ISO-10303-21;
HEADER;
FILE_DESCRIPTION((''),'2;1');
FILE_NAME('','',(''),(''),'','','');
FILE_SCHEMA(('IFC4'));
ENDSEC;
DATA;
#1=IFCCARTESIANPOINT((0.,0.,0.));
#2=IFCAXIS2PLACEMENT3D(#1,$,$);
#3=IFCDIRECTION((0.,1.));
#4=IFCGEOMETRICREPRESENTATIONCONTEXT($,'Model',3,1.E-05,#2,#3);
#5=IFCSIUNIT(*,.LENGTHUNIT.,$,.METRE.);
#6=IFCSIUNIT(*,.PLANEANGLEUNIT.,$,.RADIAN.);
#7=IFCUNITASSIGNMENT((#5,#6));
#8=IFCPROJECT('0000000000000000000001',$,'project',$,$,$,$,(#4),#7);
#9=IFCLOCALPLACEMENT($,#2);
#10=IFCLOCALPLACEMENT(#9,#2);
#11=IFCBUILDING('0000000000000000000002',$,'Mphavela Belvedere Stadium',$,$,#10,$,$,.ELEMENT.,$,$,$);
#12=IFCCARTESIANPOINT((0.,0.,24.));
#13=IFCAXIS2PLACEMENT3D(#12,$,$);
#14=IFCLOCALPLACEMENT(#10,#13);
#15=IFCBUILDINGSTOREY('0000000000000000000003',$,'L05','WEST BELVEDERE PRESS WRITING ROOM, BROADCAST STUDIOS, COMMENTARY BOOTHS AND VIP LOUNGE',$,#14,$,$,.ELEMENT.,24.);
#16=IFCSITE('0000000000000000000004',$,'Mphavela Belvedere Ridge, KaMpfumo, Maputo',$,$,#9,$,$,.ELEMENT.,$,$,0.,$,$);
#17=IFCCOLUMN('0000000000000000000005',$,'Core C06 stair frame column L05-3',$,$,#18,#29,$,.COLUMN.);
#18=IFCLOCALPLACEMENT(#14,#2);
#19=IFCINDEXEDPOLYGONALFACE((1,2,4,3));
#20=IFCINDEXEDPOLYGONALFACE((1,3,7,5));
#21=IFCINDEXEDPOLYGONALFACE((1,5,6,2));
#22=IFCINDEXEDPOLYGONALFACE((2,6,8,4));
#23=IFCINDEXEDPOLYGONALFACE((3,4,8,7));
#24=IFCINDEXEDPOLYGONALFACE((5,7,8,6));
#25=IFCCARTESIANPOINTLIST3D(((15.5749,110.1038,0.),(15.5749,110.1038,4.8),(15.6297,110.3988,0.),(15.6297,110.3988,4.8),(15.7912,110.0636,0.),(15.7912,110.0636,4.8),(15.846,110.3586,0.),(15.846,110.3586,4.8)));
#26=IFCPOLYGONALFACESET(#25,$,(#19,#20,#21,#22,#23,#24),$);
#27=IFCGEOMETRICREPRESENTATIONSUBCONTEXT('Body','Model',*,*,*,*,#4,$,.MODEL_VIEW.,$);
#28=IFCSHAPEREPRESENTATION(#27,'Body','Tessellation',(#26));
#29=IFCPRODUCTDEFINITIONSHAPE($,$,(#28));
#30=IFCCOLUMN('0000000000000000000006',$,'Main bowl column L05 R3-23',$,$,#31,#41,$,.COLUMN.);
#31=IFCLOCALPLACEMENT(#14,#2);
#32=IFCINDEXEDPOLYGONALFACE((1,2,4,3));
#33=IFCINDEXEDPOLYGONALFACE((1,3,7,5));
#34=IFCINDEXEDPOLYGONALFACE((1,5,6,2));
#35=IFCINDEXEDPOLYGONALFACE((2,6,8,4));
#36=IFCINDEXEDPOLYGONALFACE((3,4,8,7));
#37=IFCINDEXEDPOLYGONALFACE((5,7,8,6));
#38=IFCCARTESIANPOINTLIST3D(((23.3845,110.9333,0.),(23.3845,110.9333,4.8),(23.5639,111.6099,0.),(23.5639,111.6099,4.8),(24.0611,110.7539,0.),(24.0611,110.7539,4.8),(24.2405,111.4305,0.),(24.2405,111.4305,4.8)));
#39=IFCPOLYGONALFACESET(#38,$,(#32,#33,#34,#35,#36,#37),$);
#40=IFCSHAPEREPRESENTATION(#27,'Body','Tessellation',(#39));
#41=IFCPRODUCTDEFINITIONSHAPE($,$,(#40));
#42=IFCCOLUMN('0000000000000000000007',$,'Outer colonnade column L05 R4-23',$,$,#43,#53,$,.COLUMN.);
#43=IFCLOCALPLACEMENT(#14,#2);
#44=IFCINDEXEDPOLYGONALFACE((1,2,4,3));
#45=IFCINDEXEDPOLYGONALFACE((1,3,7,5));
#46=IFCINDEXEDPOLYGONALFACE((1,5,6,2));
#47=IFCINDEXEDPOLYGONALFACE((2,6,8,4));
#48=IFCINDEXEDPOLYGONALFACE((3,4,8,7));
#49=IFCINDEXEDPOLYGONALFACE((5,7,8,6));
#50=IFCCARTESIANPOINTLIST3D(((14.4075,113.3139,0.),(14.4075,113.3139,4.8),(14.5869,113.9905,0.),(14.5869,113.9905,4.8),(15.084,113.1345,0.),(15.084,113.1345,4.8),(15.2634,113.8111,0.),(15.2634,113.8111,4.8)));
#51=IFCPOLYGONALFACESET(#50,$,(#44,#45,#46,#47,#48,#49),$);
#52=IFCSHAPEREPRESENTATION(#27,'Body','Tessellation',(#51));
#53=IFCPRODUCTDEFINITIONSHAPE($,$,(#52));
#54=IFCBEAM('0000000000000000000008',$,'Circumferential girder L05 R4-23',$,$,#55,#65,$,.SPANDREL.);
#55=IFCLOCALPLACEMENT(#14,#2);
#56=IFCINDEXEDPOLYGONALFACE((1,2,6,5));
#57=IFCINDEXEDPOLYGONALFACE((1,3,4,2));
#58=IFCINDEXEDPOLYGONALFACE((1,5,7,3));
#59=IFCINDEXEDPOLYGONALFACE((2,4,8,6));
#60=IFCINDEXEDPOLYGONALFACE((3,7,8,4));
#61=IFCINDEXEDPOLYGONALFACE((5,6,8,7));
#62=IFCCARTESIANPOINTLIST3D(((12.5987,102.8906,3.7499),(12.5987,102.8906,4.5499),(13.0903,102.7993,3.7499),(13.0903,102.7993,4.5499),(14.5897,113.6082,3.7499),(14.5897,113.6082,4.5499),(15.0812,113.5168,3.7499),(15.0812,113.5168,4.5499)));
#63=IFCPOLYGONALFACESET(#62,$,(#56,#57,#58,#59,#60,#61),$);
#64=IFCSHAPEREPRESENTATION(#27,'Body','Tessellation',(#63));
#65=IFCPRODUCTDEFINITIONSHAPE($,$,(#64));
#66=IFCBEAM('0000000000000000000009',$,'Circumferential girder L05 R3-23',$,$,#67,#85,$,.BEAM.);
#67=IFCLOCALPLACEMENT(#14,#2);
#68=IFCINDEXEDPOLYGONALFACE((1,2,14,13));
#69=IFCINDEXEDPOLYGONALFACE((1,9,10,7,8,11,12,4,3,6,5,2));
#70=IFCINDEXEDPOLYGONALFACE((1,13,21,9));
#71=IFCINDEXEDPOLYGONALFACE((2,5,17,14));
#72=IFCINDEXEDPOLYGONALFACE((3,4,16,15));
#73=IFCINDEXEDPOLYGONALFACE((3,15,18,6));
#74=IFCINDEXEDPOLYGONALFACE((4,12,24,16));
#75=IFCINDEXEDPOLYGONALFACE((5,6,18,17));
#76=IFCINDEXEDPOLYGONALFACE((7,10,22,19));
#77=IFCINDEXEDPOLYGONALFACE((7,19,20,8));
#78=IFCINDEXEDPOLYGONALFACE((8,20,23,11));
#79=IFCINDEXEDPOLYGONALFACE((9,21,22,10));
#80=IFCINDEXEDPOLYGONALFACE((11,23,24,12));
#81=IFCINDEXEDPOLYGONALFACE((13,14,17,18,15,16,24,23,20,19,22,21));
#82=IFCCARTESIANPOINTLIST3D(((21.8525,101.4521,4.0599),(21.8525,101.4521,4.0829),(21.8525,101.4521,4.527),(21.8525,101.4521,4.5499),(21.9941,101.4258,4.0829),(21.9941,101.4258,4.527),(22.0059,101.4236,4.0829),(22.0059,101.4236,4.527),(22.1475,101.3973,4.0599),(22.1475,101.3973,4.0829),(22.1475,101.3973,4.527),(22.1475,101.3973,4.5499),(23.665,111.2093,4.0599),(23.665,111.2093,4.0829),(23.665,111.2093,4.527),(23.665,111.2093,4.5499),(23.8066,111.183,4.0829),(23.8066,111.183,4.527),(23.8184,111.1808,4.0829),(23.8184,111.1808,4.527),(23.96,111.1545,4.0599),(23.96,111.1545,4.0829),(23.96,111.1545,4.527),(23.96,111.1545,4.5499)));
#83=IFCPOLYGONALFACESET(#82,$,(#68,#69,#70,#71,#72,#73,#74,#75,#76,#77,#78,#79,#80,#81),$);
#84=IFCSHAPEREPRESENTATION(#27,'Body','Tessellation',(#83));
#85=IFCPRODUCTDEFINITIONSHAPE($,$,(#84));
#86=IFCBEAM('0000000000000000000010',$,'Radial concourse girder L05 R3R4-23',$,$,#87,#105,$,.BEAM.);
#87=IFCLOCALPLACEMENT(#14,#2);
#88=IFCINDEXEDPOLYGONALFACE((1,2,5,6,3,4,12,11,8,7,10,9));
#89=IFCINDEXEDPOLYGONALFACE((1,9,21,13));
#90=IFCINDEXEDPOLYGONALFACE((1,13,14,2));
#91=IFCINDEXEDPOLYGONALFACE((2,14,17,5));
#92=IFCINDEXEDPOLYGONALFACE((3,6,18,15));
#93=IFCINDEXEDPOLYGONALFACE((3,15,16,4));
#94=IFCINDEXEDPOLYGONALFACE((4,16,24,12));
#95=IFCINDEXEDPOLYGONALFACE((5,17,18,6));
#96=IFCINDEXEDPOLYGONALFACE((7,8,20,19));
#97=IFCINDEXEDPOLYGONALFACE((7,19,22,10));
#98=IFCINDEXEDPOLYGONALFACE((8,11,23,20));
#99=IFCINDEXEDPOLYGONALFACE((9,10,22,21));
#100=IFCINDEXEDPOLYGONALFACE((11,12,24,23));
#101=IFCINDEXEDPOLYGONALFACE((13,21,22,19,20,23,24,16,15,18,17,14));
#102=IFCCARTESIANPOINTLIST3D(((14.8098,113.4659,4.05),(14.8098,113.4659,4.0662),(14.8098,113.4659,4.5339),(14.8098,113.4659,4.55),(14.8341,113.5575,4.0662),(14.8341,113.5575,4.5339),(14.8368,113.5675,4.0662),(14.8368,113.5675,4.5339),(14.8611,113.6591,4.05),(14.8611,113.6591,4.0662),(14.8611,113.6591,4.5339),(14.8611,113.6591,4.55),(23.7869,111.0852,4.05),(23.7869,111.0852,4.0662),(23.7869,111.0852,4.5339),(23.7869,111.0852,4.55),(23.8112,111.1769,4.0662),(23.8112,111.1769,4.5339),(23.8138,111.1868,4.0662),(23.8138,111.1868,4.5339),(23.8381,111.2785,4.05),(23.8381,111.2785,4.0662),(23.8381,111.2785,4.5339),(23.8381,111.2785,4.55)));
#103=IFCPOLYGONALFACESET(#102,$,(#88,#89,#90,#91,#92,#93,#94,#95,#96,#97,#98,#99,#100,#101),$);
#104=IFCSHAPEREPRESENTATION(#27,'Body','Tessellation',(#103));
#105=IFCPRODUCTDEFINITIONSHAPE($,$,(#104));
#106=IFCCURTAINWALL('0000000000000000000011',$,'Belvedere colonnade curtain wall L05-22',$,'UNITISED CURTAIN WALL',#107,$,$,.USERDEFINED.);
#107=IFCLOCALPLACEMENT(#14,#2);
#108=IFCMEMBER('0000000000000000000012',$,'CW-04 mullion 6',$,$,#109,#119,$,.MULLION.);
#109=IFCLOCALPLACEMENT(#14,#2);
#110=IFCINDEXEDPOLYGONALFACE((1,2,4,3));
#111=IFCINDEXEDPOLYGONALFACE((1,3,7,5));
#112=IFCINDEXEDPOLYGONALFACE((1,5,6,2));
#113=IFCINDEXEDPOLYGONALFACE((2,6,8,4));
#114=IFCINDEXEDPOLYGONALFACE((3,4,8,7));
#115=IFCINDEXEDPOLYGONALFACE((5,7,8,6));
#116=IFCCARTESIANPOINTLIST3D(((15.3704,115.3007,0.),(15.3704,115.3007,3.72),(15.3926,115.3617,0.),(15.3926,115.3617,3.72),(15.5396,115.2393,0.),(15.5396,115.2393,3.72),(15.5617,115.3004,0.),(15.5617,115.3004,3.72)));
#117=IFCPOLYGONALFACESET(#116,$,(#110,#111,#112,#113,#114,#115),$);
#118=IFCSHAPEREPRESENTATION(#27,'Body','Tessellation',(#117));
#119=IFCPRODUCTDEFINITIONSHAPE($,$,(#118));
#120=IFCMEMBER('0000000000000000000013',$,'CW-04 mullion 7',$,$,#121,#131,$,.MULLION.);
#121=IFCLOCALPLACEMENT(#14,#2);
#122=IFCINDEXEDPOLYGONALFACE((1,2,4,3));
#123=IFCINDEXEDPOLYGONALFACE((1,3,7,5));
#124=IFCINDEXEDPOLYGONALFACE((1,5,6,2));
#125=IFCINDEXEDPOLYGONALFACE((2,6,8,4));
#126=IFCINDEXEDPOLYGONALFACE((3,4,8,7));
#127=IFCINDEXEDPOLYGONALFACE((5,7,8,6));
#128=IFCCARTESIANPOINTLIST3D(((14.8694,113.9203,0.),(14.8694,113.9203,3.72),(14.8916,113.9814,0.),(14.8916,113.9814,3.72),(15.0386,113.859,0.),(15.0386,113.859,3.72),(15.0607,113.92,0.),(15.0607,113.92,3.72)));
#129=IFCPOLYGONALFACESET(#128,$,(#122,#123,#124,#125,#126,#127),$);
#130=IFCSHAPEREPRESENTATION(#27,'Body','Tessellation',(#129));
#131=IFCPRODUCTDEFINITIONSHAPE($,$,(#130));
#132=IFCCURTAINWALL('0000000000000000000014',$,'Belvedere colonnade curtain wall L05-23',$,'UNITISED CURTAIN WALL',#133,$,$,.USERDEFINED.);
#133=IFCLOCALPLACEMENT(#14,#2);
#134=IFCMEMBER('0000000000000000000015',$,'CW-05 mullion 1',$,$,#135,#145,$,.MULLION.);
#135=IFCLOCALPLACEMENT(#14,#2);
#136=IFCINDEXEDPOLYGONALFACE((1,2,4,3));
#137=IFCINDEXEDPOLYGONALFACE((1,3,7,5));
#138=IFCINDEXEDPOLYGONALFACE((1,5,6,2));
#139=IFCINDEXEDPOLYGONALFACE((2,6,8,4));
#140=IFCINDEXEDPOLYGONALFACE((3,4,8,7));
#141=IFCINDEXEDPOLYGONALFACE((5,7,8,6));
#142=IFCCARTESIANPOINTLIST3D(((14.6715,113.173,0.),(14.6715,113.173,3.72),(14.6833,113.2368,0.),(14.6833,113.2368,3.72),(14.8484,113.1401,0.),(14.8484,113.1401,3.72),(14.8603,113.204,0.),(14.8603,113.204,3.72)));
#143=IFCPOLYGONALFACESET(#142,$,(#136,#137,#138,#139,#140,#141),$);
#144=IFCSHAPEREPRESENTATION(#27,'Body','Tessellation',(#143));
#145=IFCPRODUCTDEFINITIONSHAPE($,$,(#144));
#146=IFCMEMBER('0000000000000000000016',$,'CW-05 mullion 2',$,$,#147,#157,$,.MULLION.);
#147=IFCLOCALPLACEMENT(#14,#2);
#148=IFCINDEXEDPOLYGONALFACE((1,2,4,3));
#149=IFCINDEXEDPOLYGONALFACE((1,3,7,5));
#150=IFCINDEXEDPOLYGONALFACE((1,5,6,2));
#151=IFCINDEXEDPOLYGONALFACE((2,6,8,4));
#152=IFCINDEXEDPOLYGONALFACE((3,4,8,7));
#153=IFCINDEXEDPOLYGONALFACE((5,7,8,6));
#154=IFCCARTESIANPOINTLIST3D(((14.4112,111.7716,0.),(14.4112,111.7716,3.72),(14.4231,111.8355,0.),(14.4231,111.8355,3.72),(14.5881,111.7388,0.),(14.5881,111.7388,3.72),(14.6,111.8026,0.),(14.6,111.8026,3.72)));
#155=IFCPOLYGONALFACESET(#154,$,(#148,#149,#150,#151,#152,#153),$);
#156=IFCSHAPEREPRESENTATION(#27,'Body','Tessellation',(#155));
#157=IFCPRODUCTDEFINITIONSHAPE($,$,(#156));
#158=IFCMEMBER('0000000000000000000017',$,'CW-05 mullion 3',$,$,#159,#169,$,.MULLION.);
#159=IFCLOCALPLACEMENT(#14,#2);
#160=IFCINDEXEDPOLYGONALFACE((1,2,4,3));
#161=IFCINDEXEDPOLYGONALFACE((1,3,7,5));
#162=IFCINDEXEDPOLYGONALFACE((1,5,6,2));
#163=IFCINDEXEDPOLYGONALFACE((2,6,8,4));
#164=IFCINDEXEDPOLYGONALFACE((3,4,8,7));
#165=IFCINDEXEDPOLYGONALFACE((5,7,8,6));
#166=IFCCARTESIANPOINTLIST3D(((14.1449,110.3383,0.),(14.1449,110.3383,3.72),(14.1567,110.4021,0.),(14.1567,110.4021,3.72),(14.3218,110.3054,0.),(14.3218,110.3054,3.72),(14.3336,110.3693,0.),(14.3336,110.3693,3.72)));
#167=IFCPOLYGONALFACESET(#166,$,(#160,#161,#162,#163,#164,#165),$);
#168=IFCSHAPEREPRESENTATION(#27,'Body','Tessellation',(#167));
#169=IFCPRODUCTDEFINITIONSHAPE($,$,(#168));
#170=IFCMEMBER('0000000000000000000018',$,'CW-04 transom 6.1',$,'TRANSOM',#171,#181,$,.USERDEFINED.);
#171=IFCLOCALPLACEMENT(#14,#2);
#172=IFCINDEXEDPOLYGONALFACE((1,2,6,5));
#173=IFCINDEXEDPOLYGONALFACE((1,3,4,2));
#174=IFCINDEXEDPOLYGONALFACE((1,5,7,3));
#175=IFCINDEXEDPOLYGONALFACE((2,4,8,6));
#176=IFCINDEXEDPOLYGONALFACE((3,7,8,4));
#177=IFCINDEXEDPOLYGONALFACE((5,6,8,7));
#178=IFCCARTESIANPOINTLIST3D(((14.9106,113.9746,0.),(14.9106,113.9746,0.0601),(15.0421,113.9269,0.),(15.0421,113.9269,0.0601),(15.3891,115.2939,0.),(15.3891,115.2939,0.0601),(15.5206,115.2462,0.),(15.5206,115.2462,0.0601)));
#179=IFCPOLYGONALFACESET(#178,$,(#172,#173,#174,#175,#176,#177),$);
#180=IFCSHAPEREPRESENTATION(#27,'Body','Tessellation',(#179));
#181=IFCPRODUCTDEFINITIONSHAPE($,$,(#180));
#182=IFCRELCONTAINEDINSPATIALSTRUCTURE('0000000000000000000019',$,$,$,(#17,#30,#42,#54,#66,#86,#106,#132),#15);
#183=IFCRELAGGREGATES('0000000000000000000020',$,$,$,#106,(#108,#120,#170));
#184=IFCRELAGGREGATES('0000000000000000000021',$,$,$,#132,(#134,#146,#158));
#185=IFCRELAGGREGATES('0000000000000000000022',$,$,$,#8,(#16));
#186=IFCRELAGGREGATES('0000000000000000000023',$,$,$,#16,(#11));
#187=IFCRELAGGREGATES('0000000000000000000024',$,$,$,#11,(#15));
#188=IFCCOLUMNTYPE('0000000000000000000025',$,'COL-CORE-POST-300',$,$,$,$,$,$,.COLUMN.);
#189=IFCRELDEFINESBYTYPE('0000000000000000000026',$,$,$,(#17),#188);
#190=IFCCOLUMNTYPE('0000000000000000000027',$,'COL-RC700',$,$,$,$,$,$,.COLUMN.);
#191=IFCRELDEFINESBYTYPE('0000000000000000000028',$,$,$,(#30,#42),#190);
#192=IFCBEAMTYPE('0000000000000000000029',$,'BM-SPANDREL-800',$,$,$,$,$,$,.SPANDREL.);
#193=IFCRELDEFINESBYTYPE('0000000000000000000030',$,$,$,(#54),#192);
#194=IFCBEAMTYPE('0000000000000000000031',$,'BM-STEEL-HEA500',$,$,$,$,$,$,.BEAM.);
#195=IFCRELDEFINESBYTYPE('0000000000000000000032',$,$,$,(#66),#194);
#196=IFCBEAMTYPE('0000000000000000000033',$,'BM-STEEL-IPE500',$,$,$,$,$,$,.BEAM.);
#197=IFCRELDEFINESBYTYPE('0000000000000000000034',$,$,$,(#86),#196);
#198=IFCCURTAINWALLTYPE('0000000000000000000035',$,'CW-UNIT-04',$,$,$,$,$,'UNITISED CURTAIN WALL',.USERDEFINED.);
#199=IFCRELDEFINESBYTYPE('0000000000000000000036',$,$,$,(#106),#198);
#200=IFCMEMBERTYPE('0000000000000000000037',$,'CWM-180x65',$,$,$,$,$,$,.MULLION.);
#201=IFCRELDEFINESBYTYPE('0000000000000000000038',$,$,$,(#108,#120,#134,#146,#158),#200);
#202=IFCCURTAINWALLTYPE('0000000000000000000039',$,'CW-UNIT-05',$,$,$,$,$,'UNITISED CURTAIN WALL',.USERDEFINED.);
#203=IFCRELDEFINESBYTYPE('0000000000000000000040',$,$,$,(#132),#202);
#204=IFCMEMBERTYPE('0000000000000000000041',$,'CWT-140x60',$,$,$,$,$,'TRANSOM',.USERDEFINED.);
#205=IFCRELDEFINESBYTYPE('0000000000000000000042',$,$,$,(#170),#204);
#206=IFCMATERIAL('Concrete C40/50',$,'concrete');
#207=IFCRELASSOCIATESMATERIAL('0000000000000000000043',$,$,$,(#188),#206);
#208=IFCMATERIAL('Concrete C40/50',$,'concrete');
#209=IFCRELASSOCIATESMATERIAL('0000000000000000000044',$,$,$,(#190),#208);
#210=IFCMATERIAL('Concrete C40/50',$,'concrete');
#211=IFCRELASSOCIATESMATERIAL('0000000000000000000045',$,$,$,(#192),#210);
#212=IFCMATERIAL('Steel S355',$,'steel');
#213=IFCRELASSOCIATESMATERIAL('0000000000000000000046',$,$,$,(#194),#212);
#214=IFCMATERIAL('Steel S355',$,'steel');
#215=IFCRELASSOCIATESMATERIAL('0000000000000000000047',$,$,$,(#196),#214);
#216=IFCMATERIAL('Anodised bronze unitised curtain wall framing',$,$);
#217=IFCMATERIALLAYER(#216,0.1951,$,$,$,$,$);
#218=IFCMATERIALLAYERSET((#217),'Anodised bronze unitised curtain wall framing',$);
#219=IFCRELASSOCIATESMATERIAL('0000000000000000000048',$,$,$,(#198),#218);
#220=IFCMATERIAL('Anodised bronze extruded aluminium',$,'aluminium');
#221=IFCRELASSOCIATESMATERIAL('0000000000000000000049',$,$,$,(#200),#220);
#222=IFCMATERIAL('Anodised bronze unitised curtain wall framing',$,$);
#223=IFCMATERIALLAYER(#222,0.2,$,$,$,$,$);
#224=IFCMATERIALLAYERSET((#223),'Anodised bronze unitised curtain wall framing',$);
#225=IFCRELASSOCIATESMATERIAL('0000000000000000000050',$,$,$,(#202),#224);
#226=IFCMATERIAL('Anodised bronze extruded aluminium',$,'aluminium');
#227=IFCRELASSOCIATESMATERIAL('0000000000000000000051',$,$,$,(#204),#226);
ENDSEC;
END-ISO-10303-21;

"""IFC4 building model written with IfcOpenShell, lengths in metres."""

from ifc_helpers import new_model, si_unit, direction, frame, origin, origin_2d, place, context, subcontext, project, spatial, rectangle, i_section, extrude, material, layer, layer_set, material_profile, profile_set, type_object, element, aggregate, save


model = new_model("IFC4")

# Units and contexts
model_context = context("Model", 3, precision=1e-05, world=origin(), true_north=direction((0.0, 1.0)))
body_context = subcontext(model_context, "Body", "Model", "MODEL_VIEW")
ifc_project = project(units=[si_unit("LENGTHUNIT", "METRE"), si_unit("PLANEANGLEUNIT", "RADIAN")], contexts=[model_context])

# Site, building, storey
site_placement = place(None, origin())
site = spatial("IfcSite", under=ifc_project, at=site_placement, Name="Mphavela Belvedere Ridge, KaMpfumo, Maputo", CompositionType="ELEMENT", RefElevation=0.0)
building_placement = place(site_placement, origin())
building = spatial("IfcBuilding", under=site, at=building_placement, Name="Mphavela Belvedere Stadium", CompositionType="ELEMENT")
storey_placement = place(building_placement, frame((0.0, 0.0, 24.0)))
storey = spatial("IfcBuildingStorey", under=building, at=storey_placement, Name="L05", Description="WEST BELVEDERE PRESS WRITING ROOM, BROADCAST STUDIOS, COMMENTARY BOOTHS AND VIP LOUNGE", CompositionType="ELEMENT", Elevation=24.0)

# Columns
ifc_material_1 = material(Name="Concrete C40/50", Category="concrete")
ifc_material_profile_1 = material_profile(ifc_material_1, rectangle(XDim=0.3, YDim=0.22, at=origin_2d()), Name="RC 300x220")
ifc_profile_set_1 = profile_set([ifc_material_profile_1], Name="Concrete C40/50")
column_type_1 = type_object("IfcColumnType", Name="COL-CORE-POST-300", PredefinedType="COLUMN", material=ifc_profile_set_1)
column_placement = place(storey_placement, frame((15.7104, 110.2312, 0.0), z_axis=(0.0, 0.0, 1.0), x_axis=(0.182579, 0.983191, 0.0)))
element("IfcColumn", 1, at=column_placement, inside=storey, type_object=column_type_1, Name="Core C06 stair frame column L05-3", PredefinedType="COLUMN", context=body_context, shape_type="SweptSolid", body=[
    extrude(rectangle(XDim=0.3, YDim=0.22, at=origin_2d()), origin(), (0.0, 0.0, 1.0), 4.8),
])
ifc_material_2 = material(Name="Concrete C40/50", Category="concrete")
ifc_material_profile_2 = material_profile(ifc_material_2, rectangle(XDim=0.7, YDim=0.7, at=origin_2d()), Name="RC 700x700")
ifc_profile_set_2 = profile_set([ifc_material_profile_2], Name="Concrete C40/50")
column_type_2 = type_object("IfcColumnType", Name="COL-RC700", PredefinedType="COLUMN", material=ifc_profile_set_2)
for number, where, z_axis, x_axis, name in (
    (2, (23.8125, 111.1819, 0.0), (0.0, 0.0, 1.0), (-0.9666, 0.256289, 0.0), "Main bowl column L05 R3-23"),
    (3, (14.8354, 113.5625, 0.0), (0.0, 0.0, 1.0), (-0.9666, 0.256289, 0.0), "Outer colonnade column L05 R4-23"),
):
    element("IfcColumn", number, at=place(storey_placement, frame(where, z_axis=z_axis, x_axis=x_axis)), inside=storey, type_object=column_type_2, Name=name, PredefinedType="COLUMN", context=body_context, shape_type="SweptSolid", body=[
        extrude(rectangle(XDim=0.7, YDim=0.7, at=origin_2d()), origin(), (0.0, 0.0, 1.0), 4.8),
    ])

# Beams
ifc_material_3 = material(Name="Concrete C40/50", Category="concrete")
ifc_material_profile_3 = material_profile(ifc_material_3, rectangle(XDim=0.5, YDim=0.8, at=origin_2d()), Name="RC 500x800")
ifc_profile_set_3 = profile_set([ifc_material_profile_3], Name="Concrete C40/50")
beam_type_1 = type_object("IfcBeamType", Name="BM-SPANDREL-800", PredefinedType="SPANDREL", material=ifc_profile_set_3)
beam_1_placement = place(storey_placement, frame((14.8354, 113.5625, 4.1499), z_axis=(-0.182643, -0.983179, 0.0), x_axis=(0.983179, -0.182643, 0.0)))
element("IfcBeam", 4, at=beam_1_placement, inside=storey, type_object=beam_type_1, Name="Circumferential girder L05 R4-23", PredefinedType="SPANDREL", context=body_context, shape_type="SweptSolid", body=[
    extrude(rectangle(XDim=0.5, YDim=0.8, at=origin_2d()), origin(), (0.0, 0.0, 1.0), 10.9009),
])
ifc_material_4 = material(Name="Steel S355", Category="steel")
ifc_material_profile_4 = material_profile(ifc_material_4, i_section(OverallWidth=0.3, OverallDepth=0.49, WebThickness=0.012, FlangeThickness=0.0229, at=origin_2d()), Name="HEA 500")
ifc_profile_set_4 = profile_set([ifc_material_profile_4], Name="Steel S355")
beam_type_2 = type_object("IfcBeamType", Name="BM-STEEL-HEA500", PredefinedType="BEAM", material=ifc_profile_set_4)
beam_2_placement = place(storey_placement, frame((23.8125, 111.1819, 4.3049), z_axis=(-0.182638, -0.98318, 0.0), x_axis=(0.98318, -0.182638, 0.0)))
element("IfcBeam", 5, at=beam_2_placement, inside=storey, type_object=beam_type_2, Name="Circumferential girder L05 R3-23", PredefinedType="BEAM", context=body_context, shape_type="SweptSolid", body=[
    extrude(i_section(OverallWidth=0.3, OverallDepth=0.49, WebThickness=0.012, FlangeThickness=0.0229, at=origin_2d()), origin(), (0.0, 0.0, 1.0), 9.9241),
])
ifc_material_5 = material(Name="Steel S355", Category="steel")
ifc_material_profile_5 = material_profile(ifc_material_5, i_section(OverallWidth=0.2, OverallDepth=0.5, WebThickness=0.0103, FlangeThickness=0.0161, at=origin_2d()), Name="IPE 500")
ifc_profile_set_5 = profile_set([ifc_material_profile_5], Name="Steel S355")
beam_type_3 = type_object("IfcBeamType", Name="BM-STEEL-IPE500", PredefinedType="BEAM", material=ifc_profile_set_5)
beam_3_placement = place(storey_placement, frame((23.8125, 111.1819, 4.3), z_axis=(-0.96659, 0.256329, 0.0), x_axis=(-0.256329, -0.96659, 0.0)))
element("IfcBeam", 6, at=beam_3_placement, inside=storey, type_object=beam_type_3, Name="Radial concourse girder L05 R3R4-23", PredefinedType="BEAM", context=body_context, shape_type="SweptSolid", body=[
    extrude(i_section(OverallWidth=0.2, OverallDepth=0.5, WebThickness=0.0103, FlangeThickness=0.0161, at=origin_2d()), origin(), (0.0, 0.0, 1.0), 9.2874),
])

# Curtain walls, members
ifc_material_6 = material(Name="Anodised bronze unitised curtain wall framing")
ifc_layer_1 = layer(ifc_material_6, 0.1951)
ifc_layer_set_1 = layer_set([ifc_layer_1], Name="Anodised bronze unitised curtain wall framing")
curtain_wall_type_1 = type_object("IfcCurtainWallType", Name="CW-UNIT-04", ElementType="UNITISED CURTAIN WALL", PredefinedType="USERDEFINED", material=ifc_layer_set_1)
curtain_wall_1_placement = place(storey_placement, origin())
curtain_wall_1 = element("IfcCurtainWall", 7, at=curtain_wall_1_placement, inside=storey, type_object=curtain_wall_type_1, Name="Belvedere colonnade curtain wall L05-22", ObjectType="UNITISED CURTAIN WALL", PredefinedType="USERDEFINED")
ifc_material_7 = material(Name="Anodised bronze extruded aluminium", Category="aluminium")
ifc_material_profile_6 = material_profile(ifc_material_7, rectangle(XDim=0.1799, YDim=0.0649, at=origin_2d()), Name="CW-MUL 180x65")
ifc_profile_set_6 = profile_set([ifc_material_profile_6], Name="Anodised bronze extruded aluminium")
member_type_1 = type_object("IfcMemberType", Name="CWM-180x65", PredefinedType="MULLION", material=ifc_profile_set_6)
member_1_placement = place(storey_placement, frame((15.4661, 115.3005, 0.0), z_axis=(0.0, 0.0, 1.0), x_axis=(0.940053, -0.341027, 0.0)))
member_1 = element("IfcMember", 8, at=member_1_placement, type_object=member_type_1, Name="CW-04 mullion 6", PredefinedType="MULLION", context=body_context, shape_type="SweptSolid", body=[
    extrude(rectangle(XDim=0.1799, YDim=0.0649, at=origin_2d()), origin(), (0.0, 0.0, 1.0), 3.72),
])
member_2_placement = place(storey_placement, frame((14.9651, 113.9202, 0.0), z_axis=(0.0, 0.0, 1.0), x_axis=(0.940053, -0.341027, 0.0)))
member_2 = element("IfcMember", 9, at=member_2_placement, type_object=member_type_1, Name="CW-04 mullion 7", PredefinedType="MULLION", context=body_context, shape_type="SweptSolid", body=[
    extrude(rectangle(XDim=0.1799, YDim=0.0649, at=origin_2d()), origin(), (0.0, 0.0, 1.0), 3.72),
])
ifc_material_8 = material(Name="Anodised bronze unitised curtain wall framing")
ifc_layer_2 = layer(ifc_material_8, 0.2)
ifc_layer_set_2 = layer_set([ifc_layer_2], Name="Anodised bronze unitised curtain wall framing")
curtain_wall_type_2 = type_object("IfcCurtainWallType", Name="CW-UNIT-05", ElementType="UNITISED CURTAIN WALL", PredefinedType="USERDEFINED", material=ifc_layer_set_2)
curtain_wall_2_placement = place(storey_placement, origin())
curtain_wall_2 = element("IfcCurtainWall", 10, at=curtain_wall_2_placement, inside=storey, type_object=curtain_wall_type_2, Name="Belvedere colonnade curtain wall L05-23", ObjectType="UNITISED CURTAIN WALL", PredefinedType="USERDEFINED")
member_3_placement = place(storey_placement, frame((14.7659, 113.1885, 0.0), z_axis=(0.0, 0.0, 1.0), x_axis=(0.983184, -0.182618, 0.0)))
member_3 = element("IfcMember", 11, at=member_3_placement, type_object=member_type_1, Name="CW-05 mullion 1", PredefinedType="MULLION", context=body_context, shape_type="SweptSolid", body=[
    extrude(rectangle(XDim=0.1799, YDim=0.0649, at=origin_2d()), origin(), (0.0, 0.0, 1.0), 3.72),
])
member_4_placement = place(storey_placement, frame((14.5056, 111.7871, 0.0), z_axis=(0.0, 0.0, 1.0), x_axis=(0.983184, -0.182618, 0.0)))
member_4 = element("IfcMember", 12, at=member_4_placement, type_object=member_type_1, Name="CW-05 mullion 2", PredefinedType="MULLION", context=body_context, shape_type="SweptSolid", body=[
    extrude(rectangle(XDim=0.1799, YDim=0.0649, at=origin_2d()), origin(), (0.0, 0.0, 1.0), 3.72),
])
member_5_placement = place(storey_placement, frame((14.2393, 110.3538, 0.0), z_axis=(0.0, 0.0, 1.0), x_axis=(0.983184, -0.182618, 0.0)))
member_5 = element("IfcMember", 13, at=member_5_placement, type_object=member_type_1, Name="CW-05 mullion 3", PredefinedType="MULLION", context=body_context, shape_type="SweptSolid", body=[
    extrude(rectangle(XDim=0.1799, YDim=0.0649, at=origin_2d()), origin(), (0.0, 0.0, 1.0), 3.72),
])

# Member
ifc_material_9 = material(Name="Anodised bronze extruded aluminium", Category="aluminium")
ifc_material_profile_7 = material_profile(ifc_material_9, rectangle(XDim=0.1399, YDim=0.0601, at=origin_2d()), Name="CW-TRN 140x60")
ifc_profile_set_7 = profile_set([ifc_material_profile_7], Name="Anodised bronze extruded aluminium")
member_type_2 = type_object("IfcMemberType", Name="CWT-140x60", ElementType="TRANSOM", PredefinedType="USERDEFINED", material=ifc_profile_set_7)
member_6_placement = place(storey_placement, frame((15.4548, 115.27, 0.03), z_axis=(-0.340961, -0.940078, 0.0), x_axis=(0.940078, -0.340961, 0.0)))
member_6 = element("IfcMember", 14, at=member_6_placement, type_object=member_type_2, Name="CW-04 transom 6.1", ObjectType="TRANSOM", PredefinedType="USERDEFINED", context=body_context, shape_type="SweptSolid", body=[
    extrude(rectangle(XDim=0.1399, YDim=0.0601, at=origin_2d()), origin(), (0.0, 0.0, 1.0), 1.4033),
])

aggregate(curtain_wall_1, [member_1, member_2, member_6])
aggregate(curtain_wall_2, [member_3, member_4, member_5])

save(model, "model.ifc")
